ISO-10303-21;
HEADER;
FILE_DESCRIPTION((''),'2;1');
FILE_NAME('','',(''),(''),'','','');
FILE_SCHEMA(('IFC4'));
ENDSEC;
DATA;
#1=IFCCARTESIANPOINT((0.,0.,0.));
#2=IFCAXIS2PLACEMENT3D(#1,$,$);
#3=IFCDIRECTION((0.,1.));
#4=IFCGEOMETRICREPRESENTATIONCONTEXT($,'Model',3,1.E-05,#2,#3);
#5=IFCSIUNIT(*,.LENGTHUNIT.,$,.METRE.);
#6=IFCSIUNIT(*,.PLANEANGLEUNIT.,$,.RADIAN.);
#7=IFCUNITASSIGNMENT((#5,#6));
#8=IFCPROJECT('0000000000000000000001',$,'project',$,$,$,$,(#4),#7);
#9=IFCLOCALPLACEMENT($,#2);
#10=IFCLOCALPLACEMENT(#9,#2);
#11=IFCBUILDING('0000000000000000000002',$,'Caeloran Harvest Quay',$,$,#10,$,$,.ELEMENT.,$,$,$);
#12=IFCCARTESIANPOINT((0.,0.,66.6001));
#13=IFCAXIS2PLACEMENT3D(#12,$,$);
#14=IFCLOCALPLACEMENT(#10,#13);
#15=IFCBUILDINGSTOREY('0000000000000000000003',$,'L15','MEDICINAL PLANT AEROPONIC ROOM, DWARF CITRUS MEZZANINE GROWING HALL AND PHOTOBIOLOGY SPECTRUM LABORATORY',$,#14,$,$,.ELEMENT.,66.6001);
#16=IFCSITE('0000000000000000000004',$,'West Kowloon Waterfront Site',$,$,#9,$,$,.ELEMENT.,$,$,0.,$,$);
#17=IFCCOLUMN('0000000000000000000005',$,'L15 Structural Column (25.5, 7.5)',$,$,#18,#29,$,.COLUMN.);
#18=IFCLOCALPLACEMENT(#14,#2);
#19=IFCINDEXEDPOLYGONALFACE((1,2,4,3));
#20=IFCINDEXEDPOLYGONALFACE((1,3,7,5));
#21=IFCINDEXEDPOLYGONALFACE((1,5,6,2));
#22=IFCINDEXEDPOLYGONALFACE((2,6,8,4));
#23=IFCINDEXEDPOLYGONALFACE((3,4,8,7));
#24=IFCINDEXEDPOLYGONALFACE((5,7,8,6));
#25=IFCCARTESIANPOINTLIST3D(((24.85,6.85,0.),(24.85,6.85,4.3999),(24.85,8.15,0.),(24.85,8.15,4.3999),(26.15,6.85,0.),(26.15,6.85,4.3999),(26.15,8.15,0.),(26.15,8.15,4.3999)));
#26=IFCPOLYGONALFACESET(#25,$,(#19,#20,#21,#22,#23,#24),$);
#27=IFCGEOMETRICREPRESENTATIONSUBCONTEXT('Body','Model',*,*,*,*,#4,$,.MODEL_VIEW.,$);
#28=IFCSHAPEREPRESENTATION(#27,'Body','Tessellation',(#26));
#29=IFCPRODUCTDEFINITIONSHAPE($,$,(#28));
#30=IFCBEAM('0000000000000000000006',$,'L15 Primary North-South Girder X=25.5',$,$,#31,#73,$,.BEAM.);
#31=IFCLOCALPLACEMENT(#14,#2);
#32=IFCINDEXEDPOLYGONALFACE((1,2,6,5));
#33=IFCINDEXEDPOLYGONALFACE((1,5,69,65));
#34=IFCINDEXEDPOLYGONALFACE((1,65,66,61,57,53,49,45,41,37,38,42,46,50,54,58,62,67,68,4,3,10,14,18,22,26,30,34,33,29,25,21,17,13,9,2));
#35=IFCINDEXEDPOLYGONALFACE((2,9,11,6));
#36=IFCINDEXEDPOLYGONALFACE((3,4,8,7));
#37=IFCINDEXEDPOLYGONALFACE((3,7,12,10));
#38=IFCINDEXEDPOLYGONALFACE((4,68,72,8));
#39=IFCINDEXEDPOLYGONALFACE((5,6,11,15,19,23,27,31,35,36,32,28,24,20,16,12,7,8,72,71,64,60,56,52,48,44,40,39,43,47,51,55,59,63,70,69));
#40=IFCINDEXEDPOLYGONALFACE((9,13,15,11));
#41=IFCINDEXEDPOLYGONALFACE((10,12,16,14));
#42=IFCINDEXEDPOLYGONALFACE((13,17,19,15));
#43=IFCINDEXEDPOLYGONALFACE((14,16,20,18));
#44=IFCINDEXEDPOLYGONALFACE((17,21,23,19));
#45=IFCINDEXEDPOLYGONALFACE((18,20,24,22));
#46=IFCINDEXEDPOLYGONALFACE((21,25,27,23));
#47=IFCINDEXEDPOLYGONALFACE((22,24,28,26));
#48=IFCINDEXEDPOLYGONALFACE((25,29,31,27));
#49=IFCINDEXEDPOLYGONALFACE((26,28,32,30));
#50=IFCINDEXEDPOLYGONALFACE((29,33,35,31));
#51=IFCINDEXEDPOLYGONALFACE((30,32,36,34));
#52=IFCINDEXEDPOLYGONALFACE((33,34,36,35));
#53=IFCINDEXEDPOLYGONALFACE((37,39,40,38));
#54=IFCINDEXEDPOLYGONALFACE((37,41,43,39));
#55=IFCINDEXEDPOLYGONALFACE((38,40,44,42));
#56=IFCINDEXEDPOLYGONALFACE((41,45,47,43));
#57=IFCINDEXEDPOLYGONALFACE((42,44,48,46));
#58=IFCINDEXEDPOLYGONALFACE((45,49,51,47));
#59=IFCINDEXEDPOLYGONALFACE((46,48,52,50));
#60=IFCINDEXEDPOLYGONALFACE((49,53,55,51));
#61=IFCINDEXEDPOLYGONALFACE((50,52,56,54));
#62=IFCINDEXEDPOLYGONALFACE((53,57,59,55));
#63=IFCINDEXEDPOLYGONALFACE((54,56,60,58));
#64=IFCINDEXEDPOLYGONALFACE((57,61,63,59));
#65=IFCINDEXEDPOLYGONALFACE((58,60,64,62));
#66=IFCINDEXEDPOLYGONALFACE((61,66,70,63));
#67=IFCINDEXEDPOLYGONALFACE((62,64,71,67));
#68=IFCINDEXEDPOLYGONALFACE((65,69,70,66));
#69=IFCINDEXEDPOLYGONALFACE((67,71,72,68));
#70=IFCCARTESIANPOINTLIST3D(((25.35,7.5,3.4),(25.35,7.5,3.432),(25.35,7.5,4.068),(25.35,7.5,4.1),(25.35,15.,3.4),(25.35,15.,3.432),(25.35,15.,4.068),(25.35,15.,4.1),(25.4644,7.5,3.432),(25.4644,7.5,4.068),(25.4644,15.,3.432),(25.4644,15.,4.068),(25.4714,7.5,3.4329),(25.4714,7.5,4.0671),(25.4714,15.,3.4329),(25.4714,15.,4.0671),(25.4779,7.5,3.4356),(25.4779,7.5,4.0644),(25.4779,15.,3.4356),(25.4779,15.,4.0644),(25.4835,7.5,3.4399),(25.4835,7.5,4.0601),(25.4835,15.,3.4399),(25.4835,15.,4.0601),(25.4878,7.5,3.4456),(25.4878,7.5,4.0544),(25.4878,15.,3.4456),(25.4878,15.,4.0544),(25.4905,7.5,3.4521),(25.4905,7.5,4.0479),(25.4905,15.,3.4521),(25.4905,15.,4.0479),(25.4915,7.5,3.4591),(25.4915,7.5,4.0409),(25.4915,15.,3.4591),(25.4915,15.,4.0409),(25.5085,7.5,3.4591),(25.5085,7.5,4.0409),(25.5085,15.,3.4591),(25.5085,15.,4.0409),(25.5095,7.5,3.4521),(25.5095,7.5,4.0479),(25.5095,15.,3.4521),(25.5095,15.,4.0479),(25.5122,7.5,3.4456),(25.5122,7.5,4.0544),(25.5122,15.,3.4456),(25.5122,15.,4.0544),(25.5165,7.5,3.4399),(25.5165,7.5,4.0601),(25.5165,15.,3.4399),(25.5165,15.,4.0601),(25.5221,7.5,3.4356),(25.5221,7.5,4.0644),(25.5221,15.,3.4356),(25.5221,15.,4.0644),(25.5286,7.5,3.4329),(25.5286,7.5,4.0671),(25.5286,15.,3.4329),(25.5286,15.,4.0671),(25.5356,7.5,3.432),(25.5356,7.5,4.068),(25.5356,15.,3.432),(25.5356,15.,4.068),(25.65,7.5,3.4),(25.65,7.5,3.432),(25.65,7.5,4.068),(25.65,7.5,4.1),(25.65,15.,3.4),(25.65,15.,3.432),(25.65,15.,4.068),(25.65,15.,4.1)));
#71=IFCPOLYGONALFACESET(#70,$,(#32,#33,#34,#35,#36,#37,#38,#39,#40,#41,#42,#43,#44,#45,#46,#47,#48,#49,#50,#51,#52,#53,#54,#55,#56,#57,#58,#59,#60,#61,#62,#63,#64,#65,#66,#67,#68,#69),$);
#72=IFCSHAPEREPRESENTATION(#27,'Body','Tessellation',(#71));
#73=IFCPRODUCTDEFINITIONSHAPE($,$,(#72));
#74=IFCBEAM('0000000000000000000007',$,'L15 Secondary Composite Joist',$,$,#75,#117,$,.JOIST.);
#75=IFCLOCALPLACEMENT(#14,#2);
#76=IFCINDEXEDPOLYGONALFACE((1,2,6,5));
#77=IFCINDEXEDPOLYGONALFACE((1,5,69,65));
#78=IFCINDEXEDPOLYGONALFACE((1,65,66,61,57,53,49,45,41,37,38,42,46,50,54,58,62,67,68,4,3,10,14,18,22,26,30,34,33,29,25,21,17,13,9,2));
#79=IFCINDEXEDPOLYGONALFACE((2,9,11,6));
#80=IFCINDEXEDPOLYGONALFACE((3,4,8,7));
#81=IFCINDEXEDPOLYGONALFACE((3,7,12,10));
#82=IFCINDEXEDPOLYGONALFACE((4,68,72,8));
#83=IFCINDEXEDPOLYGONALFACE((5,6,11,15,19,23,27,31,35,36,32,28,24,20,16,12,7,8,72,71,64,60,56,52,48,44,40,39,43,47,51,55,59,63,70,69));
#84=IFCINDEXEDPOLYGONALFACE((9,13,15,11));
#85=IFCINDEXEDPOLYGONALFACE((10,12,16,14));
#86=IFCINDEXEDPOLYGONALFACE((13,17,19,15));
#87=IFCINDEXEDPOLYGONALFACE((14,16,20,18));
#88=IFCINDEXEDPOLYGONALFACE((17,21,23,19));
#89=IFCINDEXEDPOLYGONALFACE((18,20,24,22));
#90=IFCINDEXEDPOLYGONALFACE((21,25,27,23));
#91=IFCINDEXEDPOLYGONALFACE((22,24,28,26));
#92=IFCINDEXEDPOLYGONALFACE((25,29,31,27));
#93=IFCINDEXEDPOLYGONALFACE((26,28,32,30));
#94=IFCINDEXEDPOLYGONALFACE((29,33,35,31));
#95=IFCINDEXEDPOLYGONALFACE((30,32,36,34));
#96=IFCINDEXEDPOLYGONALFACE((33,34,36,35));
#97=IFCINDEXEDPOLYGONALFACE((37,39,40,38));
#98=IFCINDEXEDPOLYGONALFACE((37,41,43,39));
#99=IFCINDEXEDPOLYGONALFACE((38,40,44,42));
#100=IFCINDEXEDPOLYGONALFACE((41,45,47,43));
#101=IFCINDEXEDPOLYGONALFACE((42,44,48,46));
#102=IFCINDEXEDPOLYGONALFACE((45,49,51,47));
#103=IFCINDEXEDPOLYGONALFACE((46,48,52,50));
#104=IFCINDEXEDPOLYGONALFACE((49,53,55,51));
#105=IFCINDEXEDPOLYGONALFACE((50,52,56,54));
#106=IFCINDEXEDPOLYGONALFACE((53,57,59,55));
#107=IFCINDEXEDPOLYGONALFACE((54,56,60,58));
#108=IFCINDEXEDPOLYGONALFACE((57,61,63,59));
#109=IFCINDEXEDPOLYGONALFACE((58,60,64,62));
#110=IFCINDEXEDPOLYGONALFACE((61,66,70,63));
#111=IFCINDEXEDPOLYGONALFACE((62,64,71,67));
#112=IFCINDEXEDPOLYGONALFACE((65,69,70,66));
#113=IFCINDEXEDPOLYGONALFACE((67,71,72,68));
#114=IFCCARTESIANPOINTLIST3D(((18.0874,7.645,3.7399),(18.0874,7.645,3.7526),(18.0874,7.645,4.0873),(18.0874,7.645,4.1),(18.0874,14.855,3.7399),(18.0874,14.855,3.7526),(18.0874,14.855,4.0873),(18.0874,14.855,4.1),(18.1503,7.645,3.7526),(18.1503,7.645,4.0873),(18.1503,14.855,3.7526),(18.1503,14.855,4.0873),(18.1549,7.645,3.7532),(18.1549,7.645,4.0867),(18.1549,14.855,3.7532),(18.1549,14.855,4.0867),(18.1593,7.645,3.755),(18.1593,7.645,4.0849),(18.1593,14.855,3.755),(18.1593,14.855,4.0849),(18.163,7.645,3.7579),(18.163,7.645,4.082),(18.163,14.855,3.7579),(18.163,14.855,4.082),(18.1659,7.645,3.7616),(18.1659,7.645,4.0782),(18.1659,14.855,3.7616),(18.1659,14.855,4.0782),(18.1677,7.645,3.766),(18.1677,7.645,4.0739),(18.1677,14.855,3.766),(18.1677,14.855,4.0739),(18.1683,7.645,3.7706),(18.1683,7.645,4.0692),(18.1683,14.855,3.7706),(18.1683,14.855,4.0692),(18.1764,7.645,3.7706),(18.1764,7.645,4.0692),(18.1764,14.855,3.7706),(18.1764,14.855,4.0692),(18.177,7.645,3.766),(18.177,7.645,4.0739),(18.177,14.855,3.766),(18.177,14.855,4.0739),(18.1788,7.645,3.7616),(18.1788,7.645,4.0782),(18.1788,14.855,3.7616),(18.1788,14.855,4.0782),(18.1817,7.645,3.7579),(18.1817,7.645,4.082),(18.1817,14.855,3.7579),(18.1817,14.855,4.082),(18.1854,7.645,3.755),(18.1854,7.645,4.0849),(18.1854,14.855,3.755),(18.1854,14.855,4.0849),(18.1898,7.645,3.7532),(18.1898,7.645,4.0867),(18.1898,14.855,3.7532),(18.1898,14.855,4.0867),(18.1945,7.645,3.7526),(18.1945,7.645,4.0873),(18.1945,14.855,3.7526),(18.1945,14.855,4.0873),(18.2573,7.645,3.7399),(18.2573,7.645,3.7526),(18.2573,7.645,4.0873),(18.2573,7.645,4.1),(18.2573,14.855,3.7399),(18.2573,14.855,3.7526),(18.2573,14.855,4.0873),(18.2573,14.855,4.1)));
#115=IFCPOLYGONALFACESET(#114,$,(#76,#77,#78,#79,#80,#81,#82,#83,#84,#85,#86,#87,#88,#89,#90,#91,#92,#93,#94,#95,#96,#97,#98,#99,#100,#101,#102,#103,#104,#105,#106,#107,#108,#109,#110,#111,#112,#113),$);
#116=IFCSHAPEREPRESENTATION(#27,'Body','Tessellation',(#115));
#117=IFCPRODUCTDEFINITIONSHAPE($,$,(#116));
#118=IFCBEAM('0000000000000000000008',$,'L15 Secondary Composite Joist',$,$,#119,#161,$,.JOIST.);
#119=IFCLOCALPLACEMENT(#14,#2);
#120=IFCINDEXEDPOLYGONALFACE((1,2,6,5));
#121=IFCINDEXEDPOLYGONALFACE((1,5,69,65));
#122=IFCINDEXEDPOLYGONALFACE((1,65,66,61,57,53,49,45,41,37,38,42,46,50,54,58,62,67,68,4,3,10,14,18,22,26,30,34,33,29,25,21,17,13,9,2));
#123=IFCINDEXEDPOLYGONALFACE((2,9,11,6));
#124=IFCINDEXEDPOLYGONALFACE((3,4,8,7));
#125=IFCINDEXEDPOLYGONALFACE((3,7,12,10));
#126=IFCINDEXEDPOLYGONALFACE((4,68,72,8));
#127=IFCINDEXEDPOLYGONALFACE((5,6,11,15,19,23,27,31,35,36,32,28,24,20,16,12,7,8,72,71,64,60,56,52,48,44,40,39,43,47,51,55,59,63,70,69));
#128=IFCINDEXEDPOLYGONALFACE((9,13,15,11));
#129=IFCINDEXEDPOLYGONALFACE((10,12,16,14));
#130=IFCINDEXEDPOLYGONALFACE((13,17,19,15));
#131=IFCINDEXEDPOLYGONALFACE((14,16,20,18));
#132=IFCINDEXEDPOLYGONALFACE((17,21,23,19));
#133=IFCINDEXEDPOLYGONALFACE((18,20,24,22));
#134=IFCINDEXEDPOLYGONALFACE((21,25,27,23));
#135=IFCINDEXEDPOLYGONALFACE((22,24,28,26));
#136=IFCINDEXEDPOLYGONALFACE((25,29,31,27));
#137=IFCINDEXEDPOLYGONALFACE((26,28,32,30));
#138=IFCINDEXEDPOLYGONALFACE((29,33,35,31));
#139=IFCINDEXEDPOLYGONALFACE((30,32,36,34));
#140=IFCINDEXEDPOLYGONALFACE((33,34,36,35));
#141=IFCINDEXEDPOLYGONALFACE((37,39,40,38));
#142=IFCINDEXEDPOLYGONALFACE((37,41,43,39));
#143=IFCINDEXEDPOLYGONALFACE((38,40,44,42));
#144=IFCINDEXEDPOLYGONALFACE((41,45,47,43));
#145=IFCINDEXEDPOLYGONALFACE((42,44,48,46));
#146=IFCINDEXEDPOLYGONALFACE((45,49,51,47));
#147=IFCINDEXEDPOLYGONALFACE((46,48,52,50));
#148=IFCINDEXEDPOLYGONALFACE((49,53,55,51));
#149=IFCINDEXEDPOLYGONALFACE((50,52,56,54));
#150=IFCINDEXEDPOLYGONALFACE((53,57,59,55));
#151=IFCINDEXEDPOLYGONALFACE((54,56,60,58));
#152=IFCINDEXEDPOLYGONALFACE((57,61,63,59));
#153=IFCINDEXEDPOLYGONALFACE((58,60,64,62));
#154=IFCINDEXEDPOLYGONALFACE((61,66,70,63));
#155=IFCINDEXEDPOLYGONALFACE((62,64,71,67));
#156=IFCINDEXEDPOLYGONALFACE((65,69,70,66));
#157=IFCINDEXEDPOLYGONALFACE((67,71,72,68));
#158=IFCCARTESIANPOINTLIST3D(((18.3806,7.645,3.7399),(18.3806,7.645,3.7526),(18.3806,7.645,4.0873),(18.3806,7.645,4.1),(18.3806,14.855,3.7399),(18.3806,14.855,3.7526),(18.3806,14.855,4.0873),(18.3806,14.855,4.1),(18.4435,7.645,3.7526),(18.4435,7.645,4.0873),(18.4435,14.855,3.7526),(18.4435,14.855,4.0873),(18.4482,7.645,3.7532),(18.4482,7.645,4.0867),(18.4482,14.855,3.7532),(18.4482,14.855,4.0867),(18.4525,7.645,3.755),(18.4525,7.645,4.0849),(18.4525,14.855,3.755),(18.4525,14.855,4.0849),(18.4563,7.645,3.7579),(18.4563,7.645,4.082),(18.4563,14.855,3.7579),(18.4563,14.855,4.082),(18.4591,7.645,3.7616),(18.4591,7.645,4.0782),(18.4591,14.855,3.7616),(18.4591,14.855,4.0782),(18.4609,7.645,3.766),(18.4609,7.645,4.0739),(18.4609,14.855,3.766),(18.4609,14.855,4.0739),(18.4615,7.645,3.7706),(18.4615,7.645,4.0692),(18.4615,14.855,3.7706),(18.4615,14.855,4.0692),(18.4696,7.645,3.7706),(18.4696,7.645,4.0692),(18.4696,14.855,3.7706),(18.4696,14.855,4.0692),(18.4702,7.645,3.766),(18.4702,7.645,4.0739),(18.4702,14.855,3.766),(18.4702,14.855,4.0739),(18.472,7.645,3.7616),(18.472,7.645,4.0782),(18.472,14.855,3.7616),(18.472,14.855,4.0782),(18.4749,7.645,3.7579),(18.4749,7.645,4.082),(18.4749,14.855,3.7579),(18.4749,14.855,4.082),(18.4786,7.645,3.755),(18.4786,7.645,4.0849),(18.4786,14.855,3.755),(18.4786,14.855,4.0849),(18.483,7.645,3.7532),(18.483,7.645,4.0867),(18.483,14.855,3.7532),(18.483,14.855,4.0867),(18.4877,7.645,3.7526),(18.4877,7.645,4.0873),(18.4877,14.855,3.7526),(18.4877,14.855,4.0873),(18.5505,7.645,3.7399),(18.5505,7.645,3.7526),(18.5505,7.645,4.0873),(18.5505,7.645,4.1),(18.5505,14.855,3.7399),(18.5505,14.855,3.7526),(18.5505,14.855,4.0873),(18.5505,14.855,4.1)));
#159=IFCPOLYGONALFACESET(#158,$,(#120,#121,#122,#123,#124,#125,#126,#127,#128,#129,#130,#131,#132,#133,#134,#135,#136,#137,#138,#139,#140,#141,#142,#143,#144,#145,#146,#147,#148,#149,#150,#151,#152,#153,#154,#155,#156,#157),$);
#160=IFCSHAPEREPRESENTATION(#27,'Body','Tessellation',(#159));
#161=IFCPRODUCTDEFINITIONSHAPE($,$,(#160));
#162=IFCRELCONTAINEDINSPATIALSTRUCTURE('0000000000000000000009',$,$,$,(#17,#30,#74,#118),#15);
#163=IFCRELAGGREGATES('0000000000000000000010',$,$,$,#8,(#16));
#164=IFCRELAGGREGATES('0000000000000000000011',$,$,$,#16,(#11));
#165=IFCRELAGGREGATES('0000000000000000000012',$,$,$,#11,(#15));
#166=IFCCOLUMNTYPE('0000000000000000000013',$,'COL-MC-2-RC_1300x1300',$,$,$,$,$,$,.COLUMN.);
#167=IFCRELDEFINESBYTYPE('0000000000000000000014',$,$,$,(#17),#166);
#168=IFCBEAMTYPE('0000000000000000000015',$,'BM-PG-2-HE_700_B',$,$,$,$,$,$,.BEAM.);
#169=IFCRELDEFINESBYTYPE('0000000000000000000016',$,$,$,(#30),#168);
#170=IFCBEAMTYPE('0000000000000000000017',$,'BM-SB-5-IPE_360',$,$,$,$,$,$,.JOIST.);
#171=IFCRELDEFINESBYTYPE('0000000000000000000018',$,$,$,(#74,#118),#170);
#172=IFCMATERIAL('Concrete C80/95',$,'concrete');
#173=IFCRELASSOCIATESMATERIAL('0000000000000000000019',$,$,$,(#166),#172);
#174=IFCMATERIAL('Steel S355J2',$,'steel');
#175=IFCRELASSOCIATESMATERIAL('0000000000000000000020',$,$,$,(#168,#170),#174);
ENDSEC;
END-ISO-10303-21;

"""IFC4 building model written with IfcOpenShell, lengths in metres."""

from ifc_helpers import new_model, si_unit, direction, frame, origin, origin_2d, place, context, subcontext, project, spatial, rectangle, i_section, extrude, material, material_profile, profile_set, type_object, element, save


model = new_model("IFC4")

# Units and contexts
model_context = context("Model", 3, precision=1e-05, world=origin(), true_north=direction((0.0, 1.0)))
body_context = subcontext(model_context, "Body", "Model", "MODEL_VIEW")
ifc_project = project(units=[si_unit("LENGTHUNIT", "METRE"), si_unit("PLANEANGLEUNIT", "RADIAN")], contexts=[model_context])

# Site, building, storey
site_placement = place(None, origin())
site = spatial("IfcSite", under=ifc_project, at=site_placement, Name="West Kowloon Waterfront Site", CompositionType="ELEMENT", RefElevation=0.0)
building_placement = place(site_placement, origin())
building = spatial("IfcBuilding", under=site, at=building_placement, Name="Caeloran Harvest Quay", CompositionType="ELEMENT")
storey_placement = place(building_placement, frame((0.0, 0.0, 66.6001)))
storey = spatial("IfcBuildingStorey", under=building, at=storey_placement, Name="L15", Description="MEDICINAL PLANT AEROPONIC ROOM, DWARF CITRUS MEZZANINE GROWING HALL AND PHOTOBIOLOGY SPECTRUM LABORATORY", CompositionType="ELEMENT", Elevation=66.6001)

# Column
ifc_material_1 = material(Name="Concrete C80/95", Category="concrete")
ifc_material_profile_1 = material_profile(ifc_material_1, rectangle(XDim=1.3, YDim=1.3, at=origin_2d()), Name="RC 1300x1300")
ifc_profile_set_1 = profile_set([ifc_material_profile_1], Name="Concrete C80/95")
column_type = type_object("IfcColumnType", Name="COL-MC-2-RC_1300x1300", PredefinedType="COLUMN", material=ifc_profile_set_1)
column_placement = place(storey_placement, frame((25.5, 7.5, 0.0), z_axis=(0.0, 0.0, 1.0), x_axis=(1.0, 0.0, 0.0)))
element("IfcColumn", 1, at=column_placement, inside=storey, type_object=column_type, Name="L15 Structural Column (25.5, 7.5)", PredefinedType="COLUMN", context=body_context, shape_type="SweptSolid", body=[
    extrude(rectangle(XDim=1.3, YDim=1.3, at=origin_2d()), origin(), (0.0, 0.0, 1.0), 4.3999),
])

# Beams
ifc_material_2 = material(Name="Steel S355J2", Category="steel")
ifc_material_profile_2 = material_profile(ifc_material_2, i_section(OverallWidth=0.3, OverallDepth=0.7, WebThickness=0.0171, FlangeThickness=0.032, FilletRadius=0.0271, at=origin_2d()), Name="HE 700 B")
ifc_profile_set_2 = profile_set([ifc_material_profile_2], Name="Steel S355J2")
beam_type_1 = type_object("IfcBeamType", Name="BM-PG-2-HE_700_B", PredefinedType="BEAM", material=ifc_profile_set_2)
beam_placement = place(storey_placement, frame((25.5, 7.5, 3.75), z_axis=(0.0, 1.0, 0.0), x_axis=(-1.0, 0.0, 0.0)))
element("IfcBeam", 2, at=beam_placement, inside=storey, type_object=beam_type_1, Name="L15 Primary North-South Girder X=25.5", PredefinedType="BEAM", context=body_context, shape_type="SweptSolid", body=[
    extrude(i_section(OverallWidth=0.3, OverallDepth=0.7, WebThickness=0.0171, FlangeThickness=0.032, FilletRadius=0.0271, at=origin_2d()), origin(), (0.0, 0.0, 1.0), 7.5),
])
ifc_material_profile_3 = material_profile(ifc_material_2, i_section(OverallWidth=0.1699, OverallDepth=0.3601, WebThickness=0.0081, FlangeThickness=0.0127, FilletRadius=0.0181, at=origin_2d()), Name="IPE 360")
ifc_profile_set_3 = profile_set([ifc_material_profile_3], Name="Steel S355J2")
beam_type_2 = type_object("IfcBeamType", Name="BM-SB-5-IPE_360", PredefinedType="JOIST", material=ifc_profile_set_3)
for number, where, z_axis, x_axis, name in (
    (3, (18.1724, 7.645, 3.9199), (0.0, 1.0, 0.0), (-1.0, 0.0, 0.0), "L15 Secondary Composite Joist"),
    (4, (18.4656, 7.645, 3.9199), (0.0, 1.0, 0.0), (-1.0, 0.0, 0.0), "L15 Secondary Composite Joist"),
):
    element("IfcBeam", number, at=place(storey_placement, frame(where, z_axis=z_axis, x_axis=x_axis)), inside=storey, type_object=beam_type_2, Name=name, PredefinedType="JOIST", context=body_context, shape_type="SweptSolid", body=[
        extrude(i_section(OverallWidth=0.1699, OverallDepth=0.3601, WebThickness=0.0081, FlangeThickness=0.0127, FilletRadius=0.0181, at=origin_2d()), origin(), (0.0, 0.0, 1.0), 7.21),
    ])

save(model, "model.ifc")
